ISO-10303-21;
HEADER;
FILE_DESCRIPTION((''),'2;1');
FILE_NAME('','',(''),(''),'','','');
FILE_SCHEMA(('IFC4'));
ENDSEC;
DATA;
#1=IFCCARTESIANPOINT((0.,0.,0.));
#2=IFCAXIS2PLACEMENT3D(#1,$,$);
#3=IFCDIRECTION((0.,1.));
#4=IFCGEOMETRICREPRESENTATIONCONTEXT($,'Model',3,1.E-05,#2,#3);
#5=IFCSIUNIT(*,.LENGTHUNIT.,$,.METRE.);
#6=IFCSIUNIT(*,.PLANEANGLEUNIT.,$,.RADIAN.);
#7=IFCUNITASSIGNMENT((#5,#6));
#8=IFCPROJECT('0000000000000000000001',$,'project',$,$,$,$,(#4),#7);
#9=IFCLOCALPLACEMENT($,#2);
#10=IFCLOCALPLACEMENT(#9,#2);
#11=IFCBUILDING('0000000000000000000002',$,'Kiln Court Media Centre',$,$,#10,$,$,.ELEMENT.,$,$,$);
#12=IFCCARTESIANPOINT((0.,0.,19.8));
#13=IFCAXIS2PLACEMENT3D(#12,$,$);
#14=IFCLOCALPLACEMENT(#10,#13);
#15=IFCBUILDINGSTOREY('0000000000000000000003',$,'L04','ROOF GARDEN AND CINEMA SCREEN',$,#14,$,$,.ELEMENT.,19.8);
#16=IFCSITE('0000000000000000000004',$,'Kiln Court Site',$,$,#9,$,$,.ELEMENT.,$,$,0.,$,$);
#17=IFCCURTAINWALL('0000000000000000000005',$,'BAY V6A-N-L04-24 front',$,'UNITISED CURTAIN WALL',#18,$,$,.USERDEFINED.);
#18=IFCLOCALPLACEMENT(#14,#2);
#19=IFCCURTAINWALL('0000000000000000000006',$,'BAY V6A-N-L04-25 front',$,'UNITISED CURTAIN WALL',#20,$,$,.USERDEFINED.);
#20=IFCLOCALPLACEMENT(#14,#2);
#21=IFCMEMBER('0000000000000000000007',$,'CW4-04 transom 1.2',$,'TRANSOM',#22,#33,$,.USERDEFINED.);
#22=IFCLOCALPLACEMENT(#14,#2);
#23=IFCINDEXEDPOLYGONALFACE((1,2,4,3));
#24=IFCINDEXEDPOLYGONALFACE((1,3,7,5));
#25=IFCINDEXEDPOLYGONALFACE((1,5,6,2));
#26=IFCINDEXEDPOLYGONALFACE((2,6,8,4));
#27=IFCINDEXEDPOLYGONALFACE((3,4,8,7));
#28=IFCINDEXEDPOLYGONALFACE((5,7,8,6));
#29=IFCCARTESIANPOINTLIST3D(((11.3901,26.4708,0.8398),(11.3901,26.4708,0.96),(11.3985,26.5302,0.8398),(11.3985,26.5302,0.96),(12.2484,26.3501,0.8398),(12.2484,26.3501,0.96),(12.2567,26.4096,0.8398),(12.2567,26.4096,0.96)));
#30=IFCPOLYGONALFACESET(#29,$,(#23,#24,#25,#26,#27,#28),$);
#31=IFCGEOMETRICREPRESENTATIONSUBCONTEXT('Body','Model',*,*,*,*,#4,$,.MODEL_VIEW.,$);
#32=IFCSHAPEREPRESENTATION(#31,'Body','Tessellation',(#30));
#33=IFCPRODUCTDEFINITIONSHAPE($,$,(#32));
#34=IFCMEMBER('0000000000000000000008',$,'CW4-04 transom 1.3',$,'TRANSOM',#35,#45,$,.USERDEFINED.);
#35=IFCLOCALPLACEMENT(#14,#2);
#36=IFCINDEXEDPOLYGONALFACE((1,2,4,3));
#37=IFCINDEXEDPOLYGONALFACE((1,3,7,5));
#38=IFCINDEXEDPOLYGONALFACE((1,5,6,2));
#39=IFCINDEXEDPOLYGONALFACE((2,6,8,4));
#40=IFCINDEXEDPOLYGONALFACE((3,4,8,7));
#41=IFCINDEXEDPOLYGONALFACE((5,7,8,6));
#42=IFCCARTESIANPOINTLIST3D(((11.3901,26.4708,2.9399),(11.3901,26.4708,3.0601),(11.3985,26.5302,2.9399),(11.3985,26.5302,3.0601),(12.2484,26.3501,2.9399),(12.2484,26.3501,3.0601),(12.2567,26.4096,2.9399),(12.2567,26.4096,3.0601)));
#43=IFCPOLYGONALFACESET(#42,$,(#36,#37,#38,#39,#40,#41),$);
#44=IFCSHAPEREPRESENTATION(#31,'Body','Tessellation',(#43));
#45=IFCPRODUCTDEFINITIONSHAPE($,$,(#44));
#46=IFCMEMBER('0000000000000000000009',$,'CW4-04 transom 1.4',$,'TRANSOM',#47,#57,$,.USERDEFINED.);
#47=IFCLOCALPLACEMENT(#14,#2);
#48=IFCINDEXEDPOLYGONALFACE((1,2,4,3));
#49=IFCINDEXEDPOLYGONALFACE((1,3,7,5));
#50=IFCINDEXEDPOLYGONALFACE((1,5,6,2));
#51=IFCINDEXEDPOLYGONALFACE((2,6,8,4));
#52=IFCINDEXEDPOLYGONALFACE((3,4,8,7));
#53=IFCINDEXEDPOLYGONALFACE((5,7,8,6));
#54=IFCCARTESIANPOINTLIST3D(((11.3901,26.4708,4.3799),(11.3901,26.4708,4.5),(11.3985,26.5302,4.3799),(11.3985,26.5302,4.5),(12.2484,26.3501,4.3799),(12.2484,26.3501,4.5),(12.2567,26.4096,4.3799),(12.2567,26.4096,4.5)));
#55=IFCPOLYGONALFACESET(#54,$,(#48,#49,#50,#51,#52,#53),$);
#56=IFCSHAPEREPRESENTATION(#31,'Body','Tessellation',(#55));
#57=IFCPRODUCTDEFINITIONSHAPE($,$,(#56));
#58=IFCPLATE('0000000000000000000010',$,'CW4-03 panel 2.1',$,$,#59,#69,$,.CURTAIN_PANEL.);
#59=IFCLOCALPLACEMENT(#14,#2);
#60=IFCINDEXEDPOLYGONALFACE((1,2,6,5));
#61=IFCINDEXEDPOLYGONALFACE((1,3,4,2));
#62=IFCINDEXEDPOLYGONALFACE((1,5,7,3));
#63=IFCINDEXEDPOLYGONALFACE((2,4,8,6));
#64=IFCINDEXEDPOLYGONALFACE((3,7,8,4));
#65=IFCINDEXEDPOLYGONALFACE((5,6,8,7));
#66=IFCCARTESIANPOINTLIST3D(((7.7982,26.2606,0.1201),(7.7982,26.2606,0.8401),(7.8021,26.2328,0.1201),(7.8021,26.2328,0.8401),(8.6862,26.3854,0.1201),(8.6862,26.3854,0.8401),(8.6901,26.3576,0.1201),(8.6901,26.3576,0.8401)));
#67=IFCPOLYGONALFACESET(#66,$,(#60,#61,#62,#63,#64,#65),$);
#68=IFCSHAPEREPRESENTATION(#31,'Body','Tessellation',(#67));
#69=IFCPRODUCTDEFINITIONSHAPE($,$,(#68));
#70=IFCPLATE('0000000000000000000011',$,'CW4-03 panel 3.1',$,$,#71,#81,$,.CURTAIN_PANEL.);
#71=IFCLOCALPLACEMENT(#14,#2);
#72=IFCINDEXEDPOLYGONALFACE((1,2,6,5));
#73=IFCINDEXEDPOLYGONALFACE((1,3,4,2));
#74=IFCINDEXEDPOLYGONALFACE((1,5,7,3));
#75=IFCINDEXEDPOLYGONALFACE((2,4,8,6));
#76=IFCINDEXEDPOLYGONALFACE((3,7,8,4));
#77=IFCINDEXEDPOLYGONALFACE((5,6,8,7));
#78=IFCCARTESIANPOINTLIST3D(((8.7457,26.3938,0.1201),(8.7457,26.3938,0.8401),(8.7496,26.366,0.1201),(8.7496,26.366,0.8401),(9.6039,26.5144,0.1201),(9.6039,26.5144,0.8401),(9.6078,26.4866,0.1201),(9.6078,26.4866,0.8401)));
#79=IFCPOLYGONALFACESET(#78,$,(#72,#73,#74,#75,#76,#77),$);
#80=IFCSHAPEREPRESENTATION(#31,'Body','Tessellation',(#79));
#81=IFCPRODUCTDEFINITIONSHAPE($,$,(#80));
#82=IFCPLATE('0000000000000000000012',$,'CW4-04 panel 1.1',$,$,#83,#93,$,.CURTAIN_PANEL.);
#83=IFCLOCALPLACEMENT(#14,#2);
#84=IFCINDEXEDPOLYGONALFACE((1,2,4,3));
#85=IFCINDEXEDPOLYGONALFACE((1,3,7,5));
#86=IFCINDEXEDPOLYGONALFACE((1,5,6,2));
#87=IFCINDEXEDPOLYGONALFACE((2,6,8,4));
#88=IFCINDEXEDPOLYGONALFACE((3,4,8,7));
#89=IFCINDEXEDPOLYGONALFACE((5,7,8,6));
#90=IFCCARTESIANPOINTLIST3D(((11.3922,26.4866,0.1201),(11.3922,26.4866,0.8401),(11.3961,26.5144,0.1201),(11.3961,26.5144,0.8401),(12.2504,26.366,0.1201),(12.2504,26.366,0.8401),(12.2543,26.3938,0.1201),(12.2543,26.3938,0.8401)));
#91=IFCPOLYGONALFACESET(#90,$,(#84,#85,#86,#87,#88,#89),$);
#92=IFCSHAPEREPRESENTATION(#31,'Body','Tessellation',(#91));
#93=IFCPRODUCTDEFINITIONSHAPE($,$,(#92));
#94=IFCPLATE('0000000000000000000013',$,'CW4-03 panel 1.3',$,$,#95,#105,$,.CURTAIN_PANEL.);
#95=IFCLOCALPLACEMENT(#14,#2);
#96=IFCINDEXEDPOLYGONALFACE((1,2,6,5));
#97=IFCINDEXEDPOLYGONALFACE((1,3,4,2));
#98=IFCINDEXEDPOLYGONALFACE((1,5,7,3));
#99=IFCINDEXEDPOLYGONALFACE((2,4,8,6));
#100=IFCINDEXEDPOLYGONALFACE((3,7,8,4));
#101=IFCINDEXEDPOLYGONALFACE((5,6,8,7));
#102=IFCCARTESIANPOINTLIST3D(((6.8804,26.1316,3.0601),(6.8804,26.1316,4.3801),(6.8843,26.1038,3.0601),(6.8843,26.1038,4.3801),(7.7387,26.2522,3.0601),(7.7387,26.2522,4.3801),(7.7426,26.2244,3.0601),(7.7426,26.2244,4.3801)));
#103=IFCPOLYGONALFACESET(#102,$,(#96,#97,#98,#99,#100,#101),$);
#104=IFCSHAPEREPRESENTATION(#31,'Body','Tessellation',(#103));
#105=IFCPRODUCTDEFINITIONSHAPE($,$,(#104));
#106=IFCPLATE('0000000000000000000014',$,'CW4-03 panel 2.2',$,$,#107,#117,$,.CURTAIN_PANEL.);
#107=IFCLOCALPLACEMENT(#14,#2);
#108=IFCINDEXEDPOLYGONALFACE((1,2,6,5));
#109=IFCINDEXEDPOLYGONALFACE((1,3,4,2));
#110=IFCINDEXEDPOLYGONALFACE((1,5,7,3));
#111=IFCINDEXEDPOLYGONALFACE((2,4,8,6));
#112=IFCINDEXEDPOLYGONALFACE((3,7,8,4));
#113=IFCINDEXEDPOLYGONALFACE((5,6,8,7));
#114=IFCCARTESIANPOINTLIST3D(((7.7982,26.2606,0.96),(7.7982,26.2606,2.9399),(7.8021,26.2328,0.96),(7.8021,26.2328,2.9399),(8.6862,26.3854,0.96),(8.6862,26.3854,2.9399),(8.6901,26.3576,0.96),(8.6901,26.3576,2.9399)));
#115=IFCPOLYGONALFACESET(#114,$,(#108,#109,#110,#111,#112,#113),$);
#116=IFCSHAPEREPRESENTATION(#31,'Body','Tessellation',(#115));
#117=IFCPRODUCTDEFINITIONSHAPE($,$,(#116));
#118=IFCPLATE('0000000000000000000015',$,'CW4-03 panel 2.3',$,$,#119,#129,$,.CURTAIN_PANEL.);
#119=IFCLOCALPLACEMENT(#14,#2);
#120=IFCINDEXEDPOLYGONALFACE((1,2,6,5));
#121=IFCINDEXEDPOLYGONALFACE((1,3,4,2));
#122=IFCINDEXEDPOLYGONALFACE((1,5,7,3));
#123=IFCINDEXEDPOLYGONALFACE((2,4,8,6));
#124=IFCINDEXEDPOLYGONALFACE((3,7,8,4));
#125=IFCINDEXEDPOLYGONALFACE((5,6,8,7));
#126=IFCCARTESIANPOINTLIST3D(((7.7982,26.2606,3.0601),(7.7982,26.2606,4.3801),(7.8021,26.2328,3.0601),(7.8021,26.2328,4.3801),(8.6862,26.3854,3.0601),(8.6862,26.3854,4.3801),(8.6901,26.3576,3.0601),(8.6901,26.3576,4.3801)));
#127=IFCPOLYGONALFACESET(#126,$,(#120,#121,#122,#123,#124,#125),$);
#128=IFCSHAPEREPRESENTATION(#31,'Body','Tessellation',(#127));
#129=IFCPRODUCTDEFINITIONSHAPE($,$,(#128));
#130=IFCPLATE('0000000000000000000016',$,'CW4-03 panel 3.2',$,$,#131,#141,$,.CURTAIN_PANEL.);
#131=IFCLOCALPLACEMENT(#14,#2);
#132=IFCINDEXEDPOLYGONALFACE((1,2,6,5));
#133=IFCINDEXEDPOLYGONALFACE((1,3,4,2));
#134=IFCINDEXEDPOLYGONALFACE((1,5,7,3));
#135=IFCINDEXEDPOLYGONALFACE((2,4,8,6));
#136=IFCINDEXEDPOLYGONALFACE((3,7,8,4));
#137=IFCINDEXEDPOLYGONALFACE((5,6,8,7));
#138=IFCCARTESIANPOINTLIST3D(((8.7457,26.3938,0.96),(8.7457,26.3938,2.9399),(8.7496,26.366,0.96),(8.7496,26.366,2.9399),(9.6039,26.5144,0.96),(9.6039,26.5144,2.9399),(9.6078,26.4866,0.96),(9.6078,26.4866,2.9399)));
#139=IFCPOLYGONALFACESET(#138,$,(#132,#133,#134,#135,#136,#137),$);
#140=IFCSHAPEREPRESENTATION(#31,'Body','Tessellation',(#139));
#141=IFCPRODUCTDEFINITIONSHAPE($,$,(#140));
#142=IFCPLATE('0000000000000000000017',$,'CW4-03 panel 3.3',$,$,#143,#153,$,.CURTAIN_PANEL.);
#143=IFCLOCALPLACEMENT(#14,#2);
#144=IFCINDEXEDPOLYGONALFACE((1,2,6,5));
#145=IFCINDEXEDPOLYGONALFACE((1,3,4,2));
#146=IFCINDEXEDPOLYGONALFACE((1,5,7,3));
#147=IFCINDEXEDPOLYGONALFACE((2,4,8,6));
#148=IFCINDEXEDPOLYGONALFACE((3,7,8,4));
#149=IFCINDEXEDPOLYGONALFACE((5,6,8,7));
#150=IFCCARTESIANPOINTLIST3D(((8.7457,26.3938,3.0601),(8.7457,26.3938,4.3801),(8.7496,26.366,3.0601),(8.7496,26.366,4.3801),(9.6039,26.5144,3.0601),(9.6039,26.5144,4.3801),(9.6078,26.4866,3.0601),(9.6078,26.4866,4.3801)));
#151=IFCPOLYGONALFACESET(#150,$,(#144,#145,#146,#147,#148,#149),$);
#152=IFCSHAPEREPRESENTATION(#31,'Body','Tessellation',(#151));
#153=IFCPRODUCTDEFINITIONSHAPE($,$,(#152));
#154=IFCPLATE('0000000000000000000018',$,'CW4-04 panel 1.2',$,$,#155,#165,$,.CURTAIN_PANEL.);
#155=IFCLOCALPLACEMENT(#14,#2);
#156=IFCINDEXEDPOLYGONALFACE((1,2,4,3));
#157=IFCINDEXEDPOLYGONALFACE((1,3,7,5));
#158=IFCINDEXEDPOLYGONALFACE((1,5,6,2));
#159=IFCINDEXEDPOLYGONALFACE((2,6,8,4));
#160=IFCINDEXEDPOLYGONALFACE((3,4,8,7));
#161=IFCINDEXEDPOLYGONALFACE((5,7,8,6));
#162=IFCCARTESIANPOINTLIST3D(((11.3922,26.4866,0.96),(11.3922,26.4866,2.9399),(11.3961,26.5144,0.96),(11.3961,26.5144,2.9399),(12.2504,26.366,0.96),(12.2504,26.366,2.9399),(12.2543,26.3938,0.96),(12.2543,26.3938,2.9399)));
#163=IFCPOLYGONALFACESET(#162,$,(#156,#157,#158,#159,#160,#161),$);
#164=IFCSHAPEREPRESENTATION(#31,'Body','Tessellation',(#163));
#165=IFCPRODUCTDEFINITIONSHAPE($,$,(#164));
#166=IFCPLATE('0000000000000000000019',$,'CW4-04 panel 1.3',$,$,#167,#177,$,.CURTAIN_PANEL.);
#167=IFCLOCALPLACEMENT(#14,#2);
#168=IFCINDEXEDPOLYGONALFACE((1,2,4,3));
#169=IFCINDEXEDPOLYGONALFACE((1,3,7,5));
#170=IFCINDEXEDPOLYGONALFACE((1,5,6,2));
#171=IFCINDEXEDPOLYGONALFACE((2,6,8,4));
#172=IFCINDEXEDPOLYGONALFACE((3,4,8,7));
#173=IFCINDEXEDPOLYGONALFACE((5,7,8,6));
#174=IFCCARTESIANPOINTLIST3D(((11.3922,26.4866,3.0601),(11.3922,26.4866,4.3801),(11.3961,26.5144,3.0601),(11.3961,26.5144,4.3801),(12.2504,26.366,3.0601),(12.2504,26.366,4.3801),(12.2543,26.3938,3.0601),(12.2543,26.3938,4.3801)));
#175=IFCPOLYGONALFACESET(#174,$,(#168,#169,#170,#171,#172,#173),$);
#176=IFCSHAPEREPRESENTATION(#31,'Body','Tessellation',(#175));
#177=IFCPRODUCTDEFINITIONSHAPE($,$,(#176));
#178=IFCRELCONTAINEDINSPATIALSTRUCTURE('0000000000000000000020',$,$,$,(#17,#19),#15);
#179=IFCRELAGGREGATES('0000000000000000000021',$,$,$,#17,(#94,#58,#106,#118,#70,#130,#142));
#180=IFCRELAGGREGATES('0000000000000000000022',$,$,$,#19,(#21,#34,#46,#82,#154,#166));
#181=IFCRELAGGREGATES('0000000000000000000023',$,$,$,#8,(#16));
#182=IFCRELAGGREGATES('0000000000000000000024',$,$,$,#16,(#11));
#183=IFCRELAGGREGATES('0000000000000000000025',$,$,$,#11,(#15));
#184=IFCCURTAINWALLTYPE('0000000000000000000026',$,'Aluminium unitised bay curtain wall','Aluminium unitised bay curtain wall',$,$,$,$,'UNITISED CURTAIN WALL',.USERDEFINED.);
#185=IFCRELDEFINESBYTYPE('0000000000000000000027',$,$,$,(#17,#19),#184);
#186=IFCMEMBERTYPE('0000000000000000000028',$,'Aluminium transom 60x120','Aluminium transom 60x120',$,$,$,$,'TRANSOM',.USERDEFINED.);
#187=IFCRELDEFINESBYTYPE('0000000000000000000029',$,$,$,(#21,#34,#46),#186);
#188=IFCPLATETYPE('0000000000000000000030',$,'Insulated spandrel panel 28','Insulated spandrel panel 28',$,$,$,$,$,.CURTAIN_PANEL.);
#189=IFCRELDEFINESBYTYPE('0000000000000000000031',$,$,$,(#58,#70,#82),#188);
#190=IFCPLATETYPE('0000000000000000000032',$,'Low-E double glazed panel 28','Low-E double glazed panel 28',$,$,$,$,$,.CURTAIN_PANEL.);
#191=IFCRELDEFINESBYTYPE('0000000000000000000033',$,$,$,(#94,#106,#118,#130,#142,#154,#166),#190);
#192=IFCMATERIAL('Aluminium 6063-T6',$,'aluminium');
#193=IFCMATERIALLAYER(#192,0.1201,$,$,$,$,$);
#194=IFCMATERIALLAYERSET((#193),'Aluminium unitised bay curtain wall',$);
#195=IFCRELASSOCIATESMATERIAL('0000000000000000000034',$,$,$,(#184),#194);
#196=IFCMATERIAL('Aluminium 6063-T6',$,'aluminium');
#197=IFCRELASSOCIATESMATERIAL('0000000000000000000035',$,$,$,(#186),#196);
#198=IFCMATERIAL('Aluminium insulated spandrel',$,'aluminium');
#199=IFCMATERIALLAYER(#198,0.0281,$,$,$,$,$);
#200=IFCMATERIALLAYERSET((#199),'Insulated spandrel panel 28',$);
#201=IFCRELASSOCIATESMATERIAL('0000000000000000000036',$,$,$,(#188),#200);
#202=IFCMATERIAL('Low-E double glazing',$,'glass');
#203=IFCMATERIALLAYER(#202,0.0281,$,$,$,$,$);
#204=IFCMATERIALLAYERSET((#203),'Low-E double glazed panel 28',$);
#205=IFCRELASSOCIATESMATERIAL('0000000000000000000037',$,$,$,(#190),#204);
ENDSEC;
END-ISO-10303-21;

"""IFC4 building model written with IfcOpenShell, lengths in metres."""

from ifc_helpers import new_model, si_unit, direction, frame, origin, origin_2d, place, context, subcontext, project, spatial, rectangle, extrude, material, layer, layer_set, material_profile, profile_set, type_object, element, aggregate, save


model = new_model("IFC4")

# Units and contexts
model_context = context("Model", 3, precision=1e-05, world=origin(), true_north=direction((0.0, 1.0)))
body_context = subcontext(model_context, "Body", "Model", "MODEL_VIEW")
ifc_project = project(units=[si_unit("LENGTHUNIT", "METRE"), si_unit("PLANEANGLEUNIT", "RADIAN")], contexts=[model_context])

# Site, building, storey
site_placement = place(None, origin())
site = spatial("IfcSite", under=ifc_project, at=site_placement, Name="Kiln Court Site", CompositionType="ELEMENT", RefElevation=0.0)
building_placement = place(site_placement, origin())
building = spatial("IfcBuilding", under=site, at=building_placement, Name="Kiln Court Media Centre", CompositionType="ELEMENT")
storey_placement = place(building_placement, frame((0.0, 0.0, 19.8)))
storey = spatial("IfcBuildingStorey", under=building, at=storey_placement, Name="L04", Description="ROOF GARDEN AND CINEMA SCREEN", CompositionType="ELEMENT", Elevation=19.8)

# Curtain walls
ifc_material_1 = material(Name="Aluminium 6063-T6", Category="aluminium")
ifc_layer_1 = layer(ifc_material_1, 0.1201)
ifc_layer_set_1 = layer_set([ifc_layer_1], Name="Aluminium unitised bay curtain wall")
curtain_wall_type = type_object("IfcCurtainWallType", Name="Aluminium unitised bay curtain wall", Description="Aluminium unitised bay curtain wall", ElementType="UNITISED CURTAIN WALL", PredefinedType="USERDEFINED", material=ifc_layer_set_1)
curtain_wall_1_placement = place(storey_placement, origin())
curtain_wall_1 = element("IfcCurtainWall", 1, at=curtain_wall_1_placement, inside=storey, type_object=curtain_wall_type, Name="BAY V6A-N-L04-24 front", ObjectType="UNITISED CURTAIN WALL", PredefinedType="USERDEFINED")
curtain_wall_2_placement = place(storey_placement, origin())
curtain_wall_2 = element("IfcCurtainWall", 2, at=curtain_wall_2_placement, inside=storey, type_object=curtain_wall_type, Name="BAY V6A-N-L04-25 front", ObjectType="UNITISED CURTAIN WALL", PredefinedType="USERDEFINED")

# Members
ifc_material_2 = material(Name="Aluminium 6063-T6", Category="aluminium")
ifc_material_profile_1 = material_profile(ifc_material_2, rectangle(XDim=0.0601, YDim=0.1201, at=origin_2d()), Name="Aluminium transom 60x120")
ifc_profile_set_1 = profile_set([ifc_material_profile_1], Name="Aluminium 6063-T6")
member_type_1 = type_object("IfcMemberType", Name="Aluminium transom 60x120", Description="Aluminium transom 60x120", ElementType="TRANSOM", PredefinedType="USERDEFINED", material=ifc_profile_set_1)
member_1_placement = place(storey_placement, frame((11.3943, 26.5005, 0.8999), z_axis=(0.990268, -0.139173, 0.0), x_axis=(0.139173, 0.990268, 0.0)))
member_1 = element("IfcMember", 3, at=member_1_placement, type_object=member_type_1, Name="CW4-04 transom 1.2", ObjectType="TRANSOM", PredefinedType="USERDEFINED", context=body_context, shape_type="SweptSolid", body=[
    extrude(rectangle(XDim=0.0601, YDim=0.1201, at=origin_2d()), origin(), (0.0, 0.0, 1.0), 0.8667),
])
member_2_placement = place(storey_placement, frame((11.3943, 26.5005, 3.0), z_axis=(0.990268, -0.139173, 0.0), x_axis=(0.139173, 0.990268, 0.0)))
member_2 = element("IfcMember", 4, at=member_2_placement, type_object=member_type_1, Name="CW4-04 transom 1.3", ObjectType="TRANSOM", PredefinedType="USERDEFINED", context=body_context, shape_type="SweptSolid", body=[
    extrude(rectangle(XDim=0.0601, YDim=0.1201, at=origin_2d()), origin(), (0.0, 0.0, 1.0), 0.8667),
])
member_3_placement = place(storey_placement, frame((11.3943, 26.5005, 4.4399), z_axis=(0.990268, -0.139173, 0.0), x_axis=(0.139173, 0.990268, 0.0)))
member_3 = element("IfcMember", 5, at=member_3_placement, type_object=member_type_1, Name="CW4-04 transom 1.4", ObjectType="TRANSOM", PredefinedType="USERDEFINED", context=body_context, shape_type="SweptSolid", body=[
    extrude(rectangle(XDim=0.0601, YDim=0.1201, at=origin_2d()), origin(), (0.0, 0.0, 1.0), 0.8667),
])

# Plates
ifc_material_3 = material(Name="Aluminium insulated spandrel", Category="aluminium")
ifc_layer_2 = layer(ifc_material_3, 0.0281)
ifc_layer_set_2 = layer_set([ifc_layer_2], Name="Insulated spandrel panel 28")
plate_type_1 = type_object("IfcPlateType", Name="Insulated spandrel panel 28", Description="Insulated spandrel panel 28", PredefinedType="CURTAIN_PANEL", material=ifc_layer_set_2)
plate_1_placement = place(storey_placement, frame((8.2441, 26.3091, 0.1201), z_axis=(0.0, 0.0, 1.0), x_axis=(0.99027, 0.139162, 0.0)))
plate_1 = element("IfcPlate", 6, at=plate_1_placement, type_object=plate_type_1, Name="CW4-03 panel 2.1", PredefinedType="CURTAIN_PANEL", context=body_context, shape_type="SweptSolid", body=[
    extrude(rectangle(XDim=0.8967, YDim=0.0281, at=origin_2d()), origin(), (0.0, 0.0, 1.0), 0.72),
])
plate_2_placement = place(storey_placement, frame((9.1768, 26.4402, 0.1201), z_axis=(0.0, 0.0, 1.0), x_axis=(0.99027, 0.139162, 0.0)))
plate_2 = element("IfcPlate", 7, at=plate_2_placement, type_object=plate_type_1, Name="CW4-03 panel 3.1", PredefinedType="CURTAIN_PANEL", context=body_context, shape_type="SweptSolid", body=[
    extrude(rectangle(XDim=0.8667, YDim=0.0281, at=origin_2d()), origin(), (0.0, 0.0, 1.0), 0.72),
])
plate_3_placement = place(storey_placement, frame((11.8232, 26.4402, 0.1201), z_axis=(0.0, 0.0, 1.0), x_axis=(0.99027, -0.139162, 0.0)))
plate_3 = element("IfcPlate", 8, at=plate_3_placement, type_object=plate_type_1, Name="CW4-04 panel 1.1", PredefinedType="CURTAIN_PANEL", context=body_context, shape_type="SweptSolid", body=[
    extrude(rectangle(XDim=0.8667, YDim=0.0281, at=origin_2d()), origin(), (0.0, 0.0, 1.0), 0.72),
])
ifc_material_4 = material(Name="Low-E double glazing", Category="glass")
ifc_layer_3 = layer(ifc_material_4, 0.0281)
ifc_layer_set_3 = layer_set([ifc_layer_3], Name="Low-E double glazed panel 28")
plate_type_2 = type_object("IfcPlateType", Name="Low-E double glazed panel 28", Description="Low-E double glazed panel 28", PredefinedType="CURTAIN_PANEL", material=ifc_layer_set_3)
plate_4_placement = place(storey_placement, frame((7.3115, 26.178, 3.0601), z_axis=(0.0, 0.0, 1.0), x_axis=(0.99027, 0.139162, 0.0)))
plate_4 = element("IfcPlate", 9, at=plate_4_placement, type_object=plate_type_2, Name="CW4-03 panel 1.3", PredefinedType="CURTAIN_PANEL", context=body_context, shape_type="SweptSolid", body=[
    extrude(rectangle(XDim=0.8667, YDim=0.0281, at=origin_2d()), origin(), (0.0, 0.0, 1.0), 1.3201),
])
plate_5_placement = place(storey_placement, frame((8.2441, 26.3091, 0.96), z_axis=(0.0, 0.0, 1.0), x_axis=(0.99027, 0.139162, 0.0)))
plate_5 = element("IfcPlate", 10, at=plate_5_placement, type_object=plate_type_2, Name="CW4-03 panel 2.2", PredefinedType="CURTAIN_PANEL", context=body_context, shape_type="SweptSolid", body=[
    extrude(rectangle(XDim=0.8967, YDim=0.0281, at=origin_2d()), origin(), (0.0, 0.0, 1.0), 1.98),
])
plate_6_placement = place(storey_placement, frame((8.2441, 26.3091, 3.0601), z_axis=(0.0, 0.0, 1.0), x_axis=(0.99027, 0.139162, 0.0)))
plate_6 = element("IfcPlate", 11, at=plate_6_placement, type_object=plate_type_2, Name="CW4-03 panel 2.3", PredefinedType="CURTAIN_PANEL", context=body_context, shape_type="SweptSolid", body=[
    extrude(rectangle(XDim=0.8967, YDim=0.0281, at=origin_2d()), origin(), (0.0, 0.0, 1.0), 1.3201),
])
plate_7_placement = place(storey_placement, frame((9.1768, 26.4402, 0.96), z_axis=(0.0, 0.0, 1.0), x_axis=(0.99027, 0.139162, 0.0)))
plate_7 = element("IfcPlate", 12, at=plate_7_placement, type_object=plate_type_2, Name="CW4-03 panel 3.2", PredefinedType="CURTAIN_PANEL", context=body_context, shape_type="SweptSolid", body=[
    extrude(rectangle(XDim=0.8667, YDim=0.0281, at=origin_2d()), origin(), (0.0, 0.0, 1.0), 1.98),
])
plate_8_placement = place(storey_placement, frame((9.1768, 26.4402, 3.0601), z_axis=(0.0, 0.0, 1.0), x_axis=(0.99027, 0.139162, 0.0)))
plate_8 = element("IfcPlate", 13, at=plate_8_placement, type_object=plate_type_2, Name="CW4-03 panel 3.3", PredefinedType="CURTAIN_PANEL", context=body_context, shape_type="SweptSolid", body=[
    extrude(rectangle(XDim=0.8667, YDim=0.0281, at=origin_2d()), origin(), (0.0, 0.0, 1.0), 1.3201),
])
aggregate(curtain_wall_1, [plate_4, plate_1, plate_5, plate_6, plate_2, plate_7, plate_8])
plate_9_placement = place(storey_placement, frame((11.8232, 26.4402, 0.96), z_axis=(0.0, 0.0, 1.0), x_axis=(0.99027, -0.139162, 0.0)))
plate_9 = element("IfcPlate", 14, at=plate_9_placement, type_object=plate_type_2, Name="CW4-04 panel 1.2", PredefinedType="CURTAIN_PANEL", context=body_context, shape_type="SweptSolid", body=[
    extrude(rectangle(XDim=0.8667, YDim=0.0281, at=origin_2d()), origin(), (0.0, 0.0, 1.0), 1.98),
])
plate_10_placement = place(storey_placement, frame((11.8232, 26.4402, 3.0601), z_axis=(0.0, 0.0, 1.0), x_axis=(0.99027, -0.139162, 0.0)))
plate_10 = element("IfcPlate", 15, at=plate_10_placement, type_object=plate_type_2, Name="CW4-04 panel 1.3", PredefinedType="CURTAIN_PANEL", context=body_context, shape_type="SweptSolid", body=[
    extrude(rectangle(XDim=0.8667, YDim=0.0281, at=origin_2d()), origin(), (0.0, 0.0, 1.0), 1.3201),
])
aggregate(curtain_wall_2, [member_1, member_2, member_3, plate_3, plate_9, plate_10])

save(model, "model.ifc")
